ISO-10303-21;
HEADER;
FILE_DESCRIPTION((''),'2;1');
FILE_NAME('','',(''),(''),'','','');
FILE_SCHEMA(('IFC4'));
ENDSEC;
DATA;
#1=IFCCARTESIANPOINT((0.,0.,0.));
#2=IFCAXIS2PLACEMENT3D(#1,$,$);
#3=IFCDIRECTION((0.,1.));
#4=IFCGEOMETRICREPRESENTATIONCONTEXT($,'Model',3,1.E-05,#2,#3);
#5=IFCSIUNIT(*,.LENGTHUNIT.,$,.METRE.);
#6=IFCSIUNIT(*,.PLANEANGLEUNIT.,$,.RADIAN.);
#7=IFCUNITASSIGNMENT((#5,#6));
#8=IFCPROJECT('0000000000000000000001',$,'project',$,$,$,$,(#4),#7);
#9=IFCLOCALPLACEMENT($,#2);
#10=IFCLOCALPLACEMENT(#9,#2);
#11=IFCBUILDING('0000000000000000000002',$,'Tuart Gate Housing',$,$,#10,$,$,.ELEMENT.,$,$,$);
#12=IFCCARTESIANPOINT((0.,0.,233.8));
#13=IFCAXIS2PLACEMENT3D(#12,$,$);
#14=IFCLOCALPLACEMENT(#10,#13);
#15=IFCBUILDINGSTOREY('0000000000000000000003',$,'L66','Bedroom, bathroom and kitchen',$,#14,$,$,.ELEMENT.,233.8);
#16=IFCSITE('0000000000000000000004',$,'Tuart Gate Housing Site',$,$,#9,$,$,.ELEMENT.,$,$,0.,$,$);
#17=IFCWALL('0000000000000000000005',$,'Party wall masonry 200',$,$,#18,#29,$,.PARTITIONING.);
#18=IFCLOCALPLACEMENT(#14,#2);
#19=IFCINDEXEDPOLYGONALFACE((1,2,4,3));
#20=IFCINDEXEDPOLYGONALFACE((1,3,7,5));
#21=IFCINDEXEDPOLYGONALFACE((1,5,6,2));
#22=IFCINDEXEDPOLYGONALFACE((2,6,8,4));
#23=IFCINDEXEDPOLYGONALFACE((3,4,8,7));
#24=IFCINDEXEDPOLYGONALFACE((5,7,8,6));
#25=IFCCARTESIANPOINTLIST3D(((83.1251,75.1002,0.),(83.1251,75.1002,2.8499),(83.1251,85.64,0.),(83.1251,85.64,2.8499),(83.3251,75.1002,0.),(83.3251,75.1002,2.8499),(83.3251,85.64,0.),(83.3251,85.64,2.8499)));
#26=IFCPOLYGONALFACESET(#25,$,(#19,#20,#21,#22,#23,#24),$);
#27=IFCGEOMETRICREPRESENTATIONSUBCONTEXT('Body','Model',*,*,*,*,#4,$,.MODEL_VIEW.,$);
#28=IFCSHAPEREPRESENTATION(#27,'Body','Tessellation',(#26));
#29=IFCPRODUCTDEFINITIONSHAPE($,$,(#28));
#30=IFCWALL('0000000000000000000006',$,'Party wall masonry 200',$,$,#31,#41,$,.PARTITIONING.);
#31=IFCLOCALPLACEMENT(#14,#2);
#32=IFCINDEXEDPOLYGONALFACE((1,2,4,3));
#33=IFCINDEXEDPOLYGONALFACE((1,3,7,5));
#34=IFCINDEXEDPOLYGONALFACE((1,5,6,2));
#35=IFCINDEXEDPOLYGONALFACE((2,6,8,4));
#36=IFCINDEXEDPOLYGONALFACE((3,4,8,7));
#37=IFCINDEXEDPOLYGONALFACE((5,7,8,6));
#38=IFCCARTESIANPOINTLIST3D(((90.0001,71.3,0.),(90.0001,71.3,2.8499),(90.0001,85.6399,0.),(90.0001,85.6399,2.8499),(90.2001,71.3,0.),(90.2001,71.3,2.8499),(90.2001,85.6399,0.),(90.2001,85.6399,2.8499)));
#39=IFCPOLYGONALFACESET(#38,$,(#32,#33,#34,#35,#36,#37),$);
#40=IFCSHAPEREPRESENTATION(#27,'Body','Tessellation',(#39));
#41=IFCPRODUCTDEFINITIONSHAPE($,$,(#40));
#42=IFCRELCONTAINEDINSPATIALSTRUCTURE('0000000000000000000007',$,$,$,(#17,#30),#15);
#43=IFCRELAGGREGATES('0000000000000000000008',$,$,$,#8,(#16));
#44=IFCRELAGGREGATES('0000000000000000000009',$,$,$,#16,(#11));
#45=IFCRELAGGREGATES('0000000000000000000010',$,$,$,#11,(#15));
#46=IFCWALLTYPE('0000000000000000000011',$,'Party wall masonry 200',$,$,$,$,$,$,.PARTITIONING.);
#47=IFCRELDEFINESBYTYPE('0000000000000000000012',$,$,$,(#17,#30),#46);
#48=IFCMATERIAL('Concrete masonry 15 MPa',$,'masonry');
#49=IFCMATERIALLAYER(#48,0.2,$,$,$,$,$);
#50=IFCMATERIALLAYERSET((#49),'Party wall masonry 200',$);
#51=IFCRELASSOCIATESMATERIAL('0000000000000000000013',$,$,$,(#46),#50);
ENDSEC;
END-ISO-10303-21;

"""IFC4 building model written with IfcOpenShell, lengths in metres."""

from ifc_helpers import new_model, si_unit, direction, frame, frame_2d, origin, place, context, subcontext, project, spatial, rectangle, extrude, material, layer, layer_set, type_object, element, save


model = new_model("IFC4")

# Units and contexts
model_context = context("Model", 3, precision=1e-05, world=origin(), true_north=direction((0.0, 1.0)))
body_context = subcontext(model_context, "Body", "Model", "MODEL_VIEW")
ifc_project = project(units=[si_unit("LENGTHUNIT", "METRE"), si_unit("PLANEANGLEUNIT", "RADIAN")], contexts=[model_context])

# Site, building, storey
site_placement = place(None, origin())
site = spatial("IfcSite", under=ifc_project, at=site_placement, Name="Tuart Gate Housing Site", CompositionType="ELEMENT", RefElevation=0.0)
building_placement = place(site_placement, origin())
building = spatial("IfcBuilding", under=site, at=building_placement, Name="Tuart Gate Housing", CompositionType="ELEMENT")
storey_placement = place(building_placement, frame((0.0, 0.0, 233.8)))
storey = spatial("IfcBuildingStorey", under=building, at=storey_placement, Name="L66", Description="Bedroom, bathroom and kitchen", CompositionType="ELEMENT", Elevation=233.8)

# Walls
ifc_material_1 = material(Name="Concrete masonry 15 MPa", Category="masonry")
ifc_layer_1 = layer(ifc_material_1, 0.2)
ifc_layer_set_1 = layer_set([ifc_layer_1], Name="Party wall masonry 200")
wall_type_1 = type_object("IfcWallType", Name="Party wall masonry 200", PredefinedType="PARTITIONING", material=ifc_layer_set_1)
wall_1_placement = place(storey_placement, frame((83.2251, 75.1001, 0.0), z_axis=(0.0, 0.0, 1.0), x_axis=(0.0, 1.0, 0.0)))
element("IfcWall", 1, at=wall_1_placement, inside=storey, type_object=wall_type_1, Name="Party wall masonry 200", PredefinedType="PARTITIONING", context=body_context, shape_type="SweptSolid", body=[
    extrude(rectangle(XDim=10.5398, YDim=0.2, at=frame_2d((5.27, 0.0))), origin(), (0.0, 0.0, 1.0), 2.8499),
])
wall_2_placement = place(storey_placement, frame((90.1001, 71.3, 0.0), z_axis=(0.0, 0.0, 1.0), x_axis=(0.0, 1.0, 0.0)))
element("IfcWall", 2, at=wall_2_placement, inside=storey, type_object=wall_type_1, Name="Party wall masonry 200", PredefinedType="PARTITIONING", context=body_context, shape_type="SweptSolid", body=[
    extrude(rectangle(XDim=14.3398, YDim=0.2, at=frame_2d((7.1699, 0.0))), origin(), (0.0, 0.0, 1.0), 2.8499),
])

save(model, "model.ifc")
